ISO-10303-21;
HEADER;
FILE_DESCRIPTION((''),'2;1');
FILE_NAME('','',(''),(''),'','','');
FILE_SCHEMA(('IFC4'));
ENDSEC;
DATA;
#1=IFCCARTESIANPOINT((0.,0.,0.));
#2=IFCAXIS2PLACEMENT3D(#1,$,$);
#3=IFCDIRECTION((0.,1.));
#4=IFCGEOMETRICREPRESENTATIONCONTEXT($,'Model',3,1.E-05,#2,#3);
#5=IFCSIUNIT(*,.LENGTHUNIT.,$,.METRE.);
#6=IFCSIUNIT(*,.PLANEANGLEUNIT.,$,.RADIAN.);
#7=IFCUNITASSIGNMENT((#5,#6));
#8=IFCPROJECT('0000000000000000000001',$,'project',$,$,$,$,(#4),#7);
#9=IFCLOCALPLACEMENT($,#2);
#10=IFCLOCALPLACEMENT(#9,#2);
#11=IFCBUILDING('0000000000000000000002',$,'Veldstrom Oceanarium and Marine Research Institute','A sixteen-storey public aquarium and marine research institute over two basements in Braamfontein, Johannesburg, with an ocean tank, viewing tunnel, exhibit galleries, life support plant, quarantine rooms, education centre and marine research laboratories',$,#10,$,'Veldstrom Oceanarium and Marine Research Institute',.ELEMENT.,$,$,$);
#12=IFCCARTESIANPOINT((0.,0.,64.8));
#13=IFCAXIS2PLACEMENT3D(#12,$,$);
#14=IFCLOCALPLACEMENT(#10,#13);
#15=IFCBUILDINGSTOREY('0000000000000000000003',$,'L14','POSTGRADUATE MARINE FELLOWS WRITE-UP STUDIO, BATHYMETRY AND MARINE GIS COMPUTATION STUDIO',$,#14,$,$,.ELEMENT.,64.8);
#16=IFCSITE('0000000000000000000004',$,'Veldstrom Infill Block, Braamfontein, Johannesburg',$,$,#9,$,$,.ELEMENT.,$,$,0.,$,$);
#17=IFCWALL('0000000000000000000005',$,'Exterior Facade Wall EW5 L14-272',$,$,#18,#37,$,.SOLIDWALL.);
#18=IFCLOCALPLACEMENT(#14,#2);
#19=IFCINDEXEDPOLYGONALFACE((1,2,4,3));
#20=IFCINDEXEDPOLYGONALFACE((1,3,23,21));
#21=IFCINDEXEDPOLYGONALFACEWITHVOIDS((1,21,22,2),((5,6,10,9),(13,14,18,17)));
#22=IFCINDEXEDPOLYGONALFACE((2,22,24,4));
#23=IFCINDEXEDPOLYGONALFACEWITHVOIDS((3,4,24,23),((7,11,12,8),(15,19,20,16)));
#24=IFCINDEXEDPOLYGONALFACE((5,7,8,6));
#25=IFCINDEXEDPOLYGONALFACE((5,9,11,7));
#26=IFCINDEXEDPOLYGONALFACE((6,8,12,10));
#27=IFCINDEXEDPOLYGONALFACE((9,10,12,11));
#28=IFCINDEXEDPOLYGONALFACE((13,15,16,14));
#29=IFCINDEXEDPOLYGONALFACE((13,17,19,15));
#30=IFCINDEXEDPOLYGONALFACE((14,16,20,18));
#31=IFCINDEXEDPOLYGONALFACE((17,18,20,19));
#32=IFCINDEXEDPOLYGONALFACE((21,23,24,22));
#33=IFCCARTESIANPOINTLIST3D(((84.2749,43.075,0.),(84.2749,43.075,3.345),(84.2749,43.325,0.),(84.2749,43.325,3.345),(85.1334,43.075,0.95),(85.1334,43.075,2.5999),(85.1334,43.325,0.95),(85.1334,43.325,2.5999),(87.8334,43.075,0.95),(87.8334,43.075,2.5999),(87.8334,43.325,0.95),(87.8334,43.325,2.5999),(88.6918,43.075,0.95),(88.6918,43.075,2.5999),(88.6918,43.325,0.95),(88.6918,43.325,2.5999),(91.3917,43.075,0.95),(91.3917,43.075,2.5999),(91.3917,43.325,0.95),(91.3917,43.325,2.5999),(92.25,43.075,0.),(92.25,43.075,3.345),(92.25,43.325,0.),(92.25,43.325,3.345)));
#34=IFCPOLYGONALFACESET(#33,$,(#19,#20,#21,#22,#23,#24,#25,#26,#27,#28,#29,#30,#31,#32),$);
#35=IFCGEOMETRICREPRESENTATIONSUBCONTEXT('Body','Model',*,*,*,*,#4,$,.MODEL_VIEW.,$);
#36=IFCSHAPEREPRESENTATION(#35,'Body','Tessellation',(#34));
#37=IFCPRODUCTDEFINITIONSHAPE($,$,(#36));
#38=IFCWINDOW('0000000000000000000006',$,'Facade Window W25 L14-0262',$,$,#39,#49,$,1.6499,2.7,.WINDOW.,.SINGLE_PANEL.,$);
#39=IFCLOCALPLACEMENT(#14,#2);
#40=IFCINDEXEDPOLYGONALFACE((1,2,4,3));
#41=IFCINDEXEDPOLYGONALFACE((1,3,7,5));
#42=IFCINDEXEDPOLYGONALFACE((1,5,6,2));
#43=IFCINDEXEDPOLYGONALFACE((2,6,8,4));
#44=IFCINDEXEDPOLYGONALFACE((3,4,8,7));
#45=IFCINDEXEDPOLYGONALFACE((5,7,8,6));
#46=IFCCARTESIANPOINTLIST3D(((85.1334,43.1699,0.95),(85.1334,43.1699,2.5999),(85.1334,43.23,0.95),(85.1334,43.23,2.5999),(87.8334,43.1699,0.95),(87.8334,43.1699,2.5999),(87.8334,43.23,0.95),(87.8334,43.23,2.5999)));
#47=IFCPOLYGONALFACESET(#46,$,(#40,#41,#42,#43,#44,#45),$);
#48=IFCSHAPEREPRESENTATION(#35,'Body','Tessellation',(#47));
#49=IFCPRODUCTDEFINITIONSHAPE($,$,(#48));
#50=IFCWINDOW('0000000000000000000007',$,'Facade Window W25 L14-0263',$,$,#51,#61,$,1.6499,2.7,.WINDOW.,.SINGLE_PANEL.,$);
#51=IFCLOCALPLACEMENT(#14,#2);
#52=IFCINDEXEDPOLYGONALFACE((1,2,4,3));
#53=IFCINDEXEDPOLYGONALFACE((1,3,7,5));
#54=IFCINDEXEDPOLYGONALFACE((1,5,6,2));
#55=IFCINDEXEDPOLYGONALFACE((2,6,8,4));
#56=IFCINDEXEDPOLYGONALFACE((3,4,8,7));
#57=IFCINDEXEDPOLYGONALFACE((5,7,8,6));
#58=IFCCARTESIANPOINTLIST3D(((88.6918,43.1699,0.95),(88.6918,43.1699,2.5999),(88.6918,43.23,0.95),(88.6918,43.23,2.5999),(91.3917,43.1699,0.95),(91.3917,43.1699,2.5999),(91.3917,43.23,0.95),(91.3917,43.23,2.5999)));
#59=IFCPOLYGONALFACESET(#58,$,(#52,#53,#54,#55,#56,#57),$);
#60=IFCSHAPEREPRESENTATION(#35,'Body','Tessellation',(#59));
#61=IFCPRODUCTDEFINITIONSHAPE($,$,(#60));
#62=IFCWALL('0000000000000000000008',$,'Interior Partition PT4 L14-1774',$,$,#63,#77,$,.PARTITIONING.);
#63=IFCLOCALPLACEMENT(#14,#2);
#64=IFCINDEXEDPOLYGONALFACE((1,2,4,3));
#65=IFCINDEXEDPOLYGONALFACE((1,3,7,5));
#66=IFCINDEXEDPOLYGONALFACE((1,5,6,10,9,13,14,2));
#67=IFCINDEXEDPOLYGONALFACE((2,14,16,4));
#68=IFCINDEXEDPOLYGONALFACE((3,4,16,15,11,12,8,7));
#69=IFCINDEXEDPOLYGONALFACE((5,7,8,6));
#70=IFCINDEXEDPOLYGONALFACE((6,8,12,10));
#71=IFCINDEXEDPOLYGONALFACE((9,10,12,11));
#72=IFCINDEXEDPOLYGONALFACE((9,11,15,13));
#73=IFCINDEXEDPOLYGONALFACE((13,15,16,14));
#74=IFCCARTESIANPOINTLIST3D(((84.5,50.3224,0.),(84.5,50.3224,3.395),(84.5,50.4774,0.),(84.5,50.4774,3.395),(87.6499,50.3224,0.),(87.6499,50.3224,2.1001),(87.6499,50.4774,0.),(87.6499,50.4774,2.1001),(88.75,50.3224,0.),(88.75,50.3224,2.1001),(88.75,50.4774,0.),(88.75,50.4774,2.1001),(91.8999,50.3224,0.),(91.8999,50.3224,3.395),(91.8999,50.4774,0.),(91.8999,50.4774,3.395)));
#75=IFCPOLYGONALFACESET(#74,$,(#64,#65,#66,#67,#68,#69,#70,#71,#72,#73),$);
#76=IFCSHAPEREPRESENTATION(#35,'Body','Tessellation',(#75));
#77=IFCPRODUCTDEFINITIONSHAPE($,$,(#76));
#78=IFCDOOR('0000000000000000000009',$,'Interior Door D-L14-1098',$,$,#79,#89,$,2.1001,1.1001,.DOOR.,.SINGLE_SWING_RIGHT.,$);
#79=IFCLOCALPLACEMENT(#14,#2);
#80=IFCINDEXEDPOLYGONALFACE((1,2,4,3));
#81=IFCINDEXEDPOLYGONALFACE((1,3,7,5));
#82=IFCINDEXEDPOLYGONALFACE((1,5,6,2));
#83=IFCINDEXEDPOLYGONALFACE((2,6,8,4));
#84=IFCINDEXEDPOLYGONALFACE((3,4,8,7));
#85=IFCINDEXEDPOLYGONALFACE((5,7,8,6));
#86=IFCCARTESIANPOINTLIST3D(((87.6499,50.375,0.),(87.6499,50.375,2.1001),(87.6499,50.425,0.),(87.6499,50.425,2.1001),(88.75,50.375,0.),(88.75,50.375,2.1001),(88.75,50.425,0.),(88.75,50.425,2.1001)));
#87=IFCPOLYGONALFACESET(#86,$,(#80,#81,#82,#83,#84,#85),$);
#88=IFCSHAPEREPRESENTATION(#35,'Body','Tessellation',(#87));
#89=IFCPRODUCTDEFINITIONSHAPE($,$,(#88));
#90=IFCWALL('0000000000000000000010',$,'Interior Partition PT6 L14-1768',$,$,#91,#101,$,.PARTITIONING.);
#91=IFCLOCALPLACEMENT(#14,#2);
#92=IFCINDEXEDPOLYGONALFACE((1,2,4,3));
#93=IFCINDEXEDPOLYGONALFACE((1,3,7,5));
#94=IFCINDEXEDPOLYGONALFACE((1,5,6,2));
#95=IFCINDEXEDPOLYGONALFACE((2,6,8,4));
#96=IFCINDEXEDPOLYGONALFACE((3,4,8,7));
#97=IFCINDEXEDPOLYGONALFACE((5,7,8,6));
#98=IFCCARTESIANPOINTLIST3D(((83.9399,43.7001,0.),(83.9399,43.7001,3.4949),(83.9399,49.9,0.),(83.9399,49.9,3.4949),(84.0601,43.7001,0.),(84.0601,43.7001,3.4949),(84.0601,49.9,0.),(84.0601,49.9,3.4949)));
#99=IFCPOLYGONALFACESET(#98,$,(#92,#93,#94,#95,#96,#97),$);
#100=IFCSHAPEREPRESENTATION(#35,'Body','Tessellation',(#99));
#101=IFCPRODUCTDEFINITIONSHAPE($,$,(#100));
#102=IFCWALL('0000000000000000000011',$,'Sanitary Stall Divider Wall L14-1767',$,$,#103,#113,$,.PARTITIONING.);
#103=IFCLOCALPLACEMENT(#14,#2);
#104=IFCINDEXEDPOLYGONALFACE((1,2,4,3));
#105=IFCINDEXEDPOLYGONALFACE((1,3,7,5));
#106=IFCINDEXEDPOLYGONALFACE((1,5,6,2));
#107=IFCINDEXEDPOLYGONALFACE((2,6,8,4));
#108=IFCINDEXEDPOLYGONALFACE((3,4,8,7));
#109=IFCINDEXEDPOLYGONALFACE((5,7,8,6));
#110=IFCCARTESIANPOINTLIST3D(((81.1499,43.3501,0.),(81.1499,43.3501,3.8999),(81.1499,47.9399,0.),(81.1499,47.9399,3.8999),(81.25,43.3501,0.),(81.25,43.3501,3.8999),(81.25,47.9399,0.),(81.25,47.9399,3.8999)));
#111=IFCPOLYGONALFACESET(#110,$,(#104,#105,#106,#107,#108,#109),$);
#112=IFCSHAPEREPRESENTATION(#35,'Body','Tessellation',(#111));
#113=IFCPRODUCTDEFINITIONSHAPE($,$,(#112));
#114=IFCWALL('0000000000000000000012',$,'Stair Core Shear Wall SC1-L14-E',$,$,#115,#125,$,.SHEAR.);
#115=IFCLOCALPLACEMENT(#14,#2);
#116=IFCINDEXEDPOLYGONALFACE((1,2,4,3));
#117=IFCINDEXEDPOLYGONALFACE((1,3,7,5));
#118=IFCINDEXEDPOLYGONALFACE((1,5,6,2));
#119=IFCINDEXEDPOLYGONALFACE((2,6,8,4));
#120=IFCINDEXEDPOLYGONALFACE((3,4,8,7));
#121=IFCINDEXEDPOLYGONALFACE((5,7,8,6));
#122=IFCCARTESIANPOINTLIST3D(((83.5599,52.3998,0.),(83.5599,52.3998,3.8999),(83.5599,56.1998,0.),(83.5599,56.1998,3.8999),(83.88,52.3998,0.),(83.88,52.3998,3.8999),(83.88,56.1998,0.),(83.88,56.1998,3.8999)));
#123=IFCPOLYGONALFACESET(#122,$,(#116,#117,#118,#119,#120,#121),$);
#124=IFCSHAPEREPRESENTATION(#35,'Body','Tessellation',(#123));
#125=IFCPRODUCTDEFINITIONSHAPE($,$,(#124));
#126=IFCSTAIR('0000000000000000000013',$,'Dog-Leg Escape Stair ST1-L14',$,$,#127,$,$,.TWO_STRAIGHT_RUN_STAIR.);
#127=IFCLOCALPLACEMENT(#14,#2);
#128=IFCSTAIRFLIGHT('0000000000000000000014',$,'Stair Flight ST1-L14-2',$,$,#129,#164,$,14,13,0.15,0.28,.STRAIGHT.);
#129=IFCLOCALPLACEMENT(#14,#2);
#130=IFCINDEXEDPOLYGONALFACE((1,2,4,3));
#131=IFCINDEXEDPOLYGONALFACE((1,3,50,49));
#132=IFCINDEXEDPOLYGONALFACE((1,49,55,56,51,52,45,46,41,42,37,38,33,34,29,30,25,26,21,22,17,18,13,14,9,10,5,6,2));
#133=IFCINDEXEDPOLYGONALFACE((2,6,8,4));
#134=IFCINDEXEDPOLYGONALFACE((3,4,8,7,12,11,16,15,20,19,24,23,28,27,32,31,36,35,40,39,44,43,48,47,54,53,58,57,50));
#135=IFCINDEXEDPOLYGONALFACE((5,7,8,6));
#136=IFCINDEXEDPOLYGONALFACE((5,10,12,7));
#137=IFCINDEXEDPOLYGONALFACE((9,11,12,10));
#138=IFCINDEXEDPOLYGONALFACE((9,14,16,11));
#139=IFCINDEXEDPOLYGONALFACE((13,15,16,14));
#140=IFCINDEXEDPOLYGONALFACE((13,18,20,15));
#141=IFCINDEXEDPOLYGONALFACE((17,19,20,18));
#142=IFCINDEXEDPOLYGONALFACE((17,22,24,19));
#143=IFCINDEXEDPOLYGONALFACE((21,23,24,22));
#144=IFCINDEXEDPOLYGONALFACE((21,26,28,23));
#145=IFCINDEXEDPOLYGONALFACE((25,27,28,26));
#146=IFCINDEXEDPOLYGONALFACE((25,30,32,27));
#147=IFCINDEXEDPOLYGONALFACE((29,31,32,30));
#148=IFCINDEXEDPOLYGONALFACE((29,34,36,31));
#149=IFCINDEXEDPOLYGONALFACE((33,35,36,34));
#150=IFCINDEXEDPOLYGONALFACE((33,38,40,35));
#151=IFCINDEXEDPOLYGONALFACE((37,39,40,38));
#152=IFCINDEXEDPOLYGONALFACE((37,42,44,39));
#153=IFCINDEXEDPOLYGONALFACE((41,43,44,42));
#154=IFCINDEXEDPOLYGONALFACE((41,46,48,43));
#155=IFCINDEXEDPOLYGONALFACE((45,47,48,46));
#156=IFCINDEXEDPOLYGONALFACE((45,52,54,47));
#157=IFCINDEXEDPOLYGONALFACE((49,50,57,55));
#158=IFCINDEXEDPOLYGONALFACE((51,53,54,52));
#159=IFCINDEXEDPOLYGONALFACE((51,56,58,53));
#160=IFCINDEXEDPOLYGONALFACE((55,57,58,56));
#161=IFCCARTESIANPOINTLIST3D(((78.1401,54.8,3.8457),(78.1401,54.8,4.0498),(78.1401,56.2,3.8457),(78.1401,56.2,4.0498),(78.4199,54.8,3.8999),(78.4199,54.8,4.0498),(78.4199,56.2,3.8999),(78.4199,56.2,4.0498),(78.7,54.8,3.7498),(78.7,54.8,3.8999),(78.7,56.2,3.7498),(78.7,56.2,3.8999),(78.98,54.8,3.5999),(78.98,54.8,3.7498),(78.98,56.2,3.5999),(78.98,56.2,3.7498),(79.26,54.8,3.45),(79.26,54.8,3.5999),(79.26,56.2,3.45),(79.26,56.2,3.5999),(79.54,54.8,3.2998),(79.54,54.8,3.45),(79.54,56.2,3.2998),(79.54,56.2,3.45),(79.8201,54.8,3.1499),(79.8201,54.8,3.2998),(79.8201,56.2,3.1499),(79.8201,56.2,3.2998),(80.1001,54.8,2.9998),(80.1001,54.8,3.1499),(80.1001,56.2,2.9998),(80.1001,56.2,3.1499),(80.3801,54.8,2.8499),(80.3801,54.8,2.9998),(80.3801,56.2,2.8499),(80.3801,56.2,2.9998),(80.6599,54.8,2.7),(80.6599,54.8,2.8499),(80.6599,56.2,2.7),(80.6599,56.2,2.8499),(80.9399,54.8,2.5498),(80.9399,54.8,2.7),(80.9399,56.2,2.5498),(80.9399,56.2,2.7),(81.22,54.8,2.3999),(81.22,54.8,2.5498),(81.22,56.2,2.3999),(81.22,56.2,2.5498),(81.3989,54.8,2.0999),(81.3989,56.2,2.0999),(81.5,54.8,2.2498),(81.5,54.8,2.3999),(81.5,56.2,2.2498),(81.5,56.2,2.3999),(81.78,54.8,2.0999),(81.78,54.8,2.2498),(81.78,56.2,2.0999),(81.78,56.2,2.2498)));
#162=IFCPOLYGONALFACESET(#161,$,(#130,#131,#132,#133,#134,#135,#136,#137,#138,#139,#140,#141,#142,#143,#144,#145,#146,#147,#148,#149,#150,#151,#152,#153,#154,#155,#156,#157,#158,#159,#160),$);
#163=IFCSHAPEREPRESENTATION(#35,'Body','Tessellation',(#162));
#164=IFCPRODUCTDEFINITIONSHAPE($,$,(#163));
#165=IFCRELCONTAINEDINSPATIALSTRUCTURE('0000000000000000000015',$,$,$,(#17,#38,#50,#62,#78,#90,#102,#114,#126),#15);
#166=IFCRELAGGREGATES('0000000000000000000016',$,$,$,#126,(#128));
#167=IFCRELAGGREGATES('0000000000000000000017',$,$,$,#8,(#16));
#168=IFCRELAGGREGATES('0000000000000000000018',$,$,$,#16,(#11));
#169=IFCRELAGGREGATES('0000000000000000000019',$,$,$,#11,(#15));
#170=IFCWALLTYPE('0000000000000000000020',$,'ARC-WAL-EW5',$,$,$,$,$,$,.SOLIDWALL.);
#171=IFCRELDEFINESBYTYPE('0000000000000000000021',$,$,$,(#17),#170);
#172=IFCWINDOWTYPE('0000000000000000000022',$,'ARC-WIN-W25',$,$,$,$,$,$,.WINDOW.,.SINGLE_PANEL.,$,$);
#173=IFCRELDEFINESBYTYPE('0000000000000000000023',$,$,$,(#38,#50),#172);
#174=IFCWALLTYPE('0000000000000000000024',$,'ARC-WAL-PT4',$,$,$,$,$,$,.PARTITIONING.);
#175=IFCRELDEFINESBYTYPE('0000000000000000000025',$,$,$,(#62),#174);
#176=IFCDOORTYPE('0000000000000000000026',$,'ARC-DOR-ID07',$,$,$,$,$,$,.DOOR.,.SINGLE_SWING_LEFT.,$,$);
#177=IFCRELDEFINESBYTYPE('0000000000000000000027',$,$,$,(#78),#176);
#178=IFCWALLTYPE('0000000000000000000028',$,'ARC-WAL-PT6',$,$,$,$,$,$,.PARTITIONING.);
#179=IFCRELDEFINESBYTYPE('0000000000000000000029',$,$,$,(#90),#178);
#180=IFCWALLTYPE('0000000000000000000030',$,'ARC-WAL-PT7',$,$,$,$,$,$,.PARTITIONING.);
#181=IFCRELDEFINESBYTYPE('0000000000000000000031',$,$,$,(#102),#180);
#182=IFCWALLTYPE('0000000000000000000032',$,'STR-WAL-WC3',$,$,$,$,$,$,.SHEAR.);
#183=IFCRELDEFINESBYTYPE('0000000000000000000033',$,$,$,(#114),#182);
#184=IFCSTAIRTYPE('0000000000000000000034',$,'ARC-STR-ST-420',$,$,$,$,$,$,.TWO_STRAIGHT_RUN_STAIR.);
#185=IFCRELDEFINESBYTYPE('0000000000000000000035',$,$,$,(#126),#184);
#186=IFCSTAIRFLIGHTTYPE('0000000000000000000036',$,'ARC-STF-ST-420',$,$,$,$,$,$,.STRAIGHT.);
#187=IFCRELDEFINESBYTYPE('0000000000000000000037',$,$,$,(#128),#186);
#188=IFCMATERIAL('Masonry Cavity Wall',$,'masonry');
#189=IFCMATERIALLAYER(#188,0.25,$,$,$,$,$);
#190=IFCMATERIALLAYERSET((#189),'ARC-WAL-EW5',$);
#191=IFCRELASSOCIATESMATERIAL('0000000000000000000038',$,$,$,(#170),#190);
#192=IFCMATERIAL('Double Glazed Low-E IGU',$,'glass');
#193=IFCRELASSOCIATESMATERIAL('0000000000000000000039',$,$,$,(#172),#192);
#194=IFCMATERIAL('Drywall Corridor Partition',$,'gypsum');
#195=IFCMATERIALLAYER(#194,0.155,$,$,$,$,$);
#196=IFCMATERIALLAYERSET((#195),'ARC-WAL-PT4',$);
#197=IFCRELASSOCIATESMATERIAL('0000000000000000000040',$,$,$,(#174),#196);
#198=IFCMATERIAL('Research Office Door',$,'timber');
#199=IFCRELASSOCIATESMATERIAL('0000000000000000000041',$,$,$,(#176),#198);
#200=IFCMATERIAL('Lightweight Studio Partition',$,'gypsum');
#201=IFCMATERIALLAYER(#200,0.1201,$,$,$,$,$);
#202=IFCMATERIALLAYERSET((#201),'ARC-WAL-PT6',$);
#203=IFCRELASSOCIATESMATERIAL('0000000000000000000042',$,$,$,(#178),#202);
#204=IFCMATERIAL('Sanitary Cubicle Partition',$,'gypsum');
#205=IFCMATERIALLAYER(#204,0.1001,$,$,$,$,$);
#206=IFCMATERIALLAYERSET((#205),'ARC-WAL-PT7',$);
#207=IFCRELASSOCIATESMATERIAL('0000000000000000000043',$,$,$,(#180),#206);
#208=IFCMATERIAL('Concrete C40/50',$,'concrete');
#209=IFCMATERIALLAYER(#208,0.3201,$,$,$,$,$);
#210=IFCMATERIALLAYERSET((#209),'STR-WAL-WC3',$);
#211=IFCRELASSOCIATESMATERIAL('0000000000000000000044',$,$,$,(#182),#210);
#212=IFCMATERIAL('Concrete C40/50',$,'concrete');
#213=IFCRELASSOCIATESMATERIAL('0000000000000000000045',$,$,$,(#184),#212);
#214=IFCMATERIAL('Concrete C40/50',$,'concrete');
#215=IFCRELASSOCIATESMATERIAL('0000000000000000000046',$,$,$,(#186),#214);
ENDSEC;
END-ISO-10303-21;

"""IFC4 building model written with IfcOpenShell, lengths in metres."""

from ifc_helpers import new_model, si_unit, direction, frame, frame_2d, origin, place, context, subcontext, project, spatial, polyline, rectangle, outline, extrude, material, layer, layer_set, type_object, element, fill, aggregate, save


model = new_model("IFC4")

# Units and contexts
model_context = context("Model", 3, precision=1e-05, world=origin(), true_north=direction((0.0, 1.0)))
body_context = subcontext(model_context, "Body", "Model", "MODEL_VIEW")
ifc_project = project(units=[si_unit("LENGTHUNIT", "METRE"), si_unit("PLANEANGLEUNIT", "RADIAN")], contexts=[model_context])

# Site, building, storey
site_placement = place(None, origin())
site = spatial("IfcSite", under=ifc_project, at=site_placement, Name="Veldstrom Infill Block, Braamfontein, Johannesburg", CompositionType="ELEMENT", RefElevation=0.0)
building_placement = place(site_placement, origin())
building = spatial("IfcBuilding", under=site, at=building_placement, Name="Veldstrom Oceanarium and Marine Research Institute", Description="A sixteen-storey public aquarium and marine research institute over two basements in Braamfontein, Johannesburg, with an ocean tank, viewing tunnel, exhibit galleries, life support plant, quarantine rooms, education centre and marine research laboratories", LongName="Veldstrom Oceanarium and Marine Research Institute", CompositionType="ELEMENT")
storey_placement = place(building_placement, frame((0.0, 0.0, 64.8)))
storey = spatial("IfcBuildingStorey", under=building, at=storey_placement, Name="L14", Description="POSTGRADUATE MARINE FELLOWS WRITE-UP STUDIO, BATHYMETRY AND MARINE GIS COMPUTATION STUDIO", CompositionType="ELEMENT", Elevation=64.8)

# Wall, openings, windows
ifc_material_1 = material(Name="Masonry Cavity Wall", Category="masonry")
ifc_layer_1 = layer(ifc_material_1, 0.25)
ifc_layer_set_1 = layer_set([ifc_layer_1], Name="ARC-WAL-EW5")
wall_type_1 = type_object("IfcWallType", Name="ARC-WAL-EW5", PredefinedType="SOLIDWALL", material=ifc_layer_set_1)
wall_1_placement = place(storey_placement, frame((84.2749, 43.2, 0.0), z_axis=(0.0, 0.0, 1.0), x_axis=(1.0, 0.0, 0.0)))
wall_1 = element("IfcWall", 1, at=wall_1_placement, inside=storey, type_object=wall_type_1, Name="Exterior Facade Wall EW5 L14-272", PredefinedType="SOLIDWALL", context=body_context, shape_type="SweptSolid", body=[
    extrude(rectangle(XDim=7.9751, YDim=0.25, at=frame_2d((3.9875, 0.0))), origin(), (0.0, 0.0, 1.0), 3.345),
])
opening_1_placement = place(wall_1_placement, frame((0.8584, 0.0, 0.95)))
opening_1 = element("IfcOpeningElement", 2, at=opening_1_placement, cuts=wall_1, PredefinedType="OPENING", context=body_context, shape_type="SweptSolid", body=[
    extrude(rectangle(XDim=2.7, YDim=1.6499, at=frame_2d((1.3501, 0.825))), frame((0.0, 0.135, 0.0), z_axis=(0.0, -1.0, 0.0), x_axis=(1.0, 0.0, 0.0)), (0.0, 0.0, 1.0), 0.27),
])
opening_2_placement = place(wall_1_placement, frame((4.4167, 0.0, 0.95)))
opening_2 = element("IfcOpeningElement", 3, at=opening_2_placement, cuts=wall_1, PredefinedType="OPENING", context=body_context, shape_type="SweptSolid", body=[
    extrude(rectangle(XDim=2.7, YDim=1.6499, at=frame_2d((1.3501, 0.825))), frame((0.0, 0.135, 0.0), z_axis=(0.0, -1.0, 0.0), x_axis=(1.0, 0.0, 0.0)), (0.0, 0.0, 1.0), 0.27),
])
ifc_material_2 = material(Name="Double Glazed Low-E IGU", Category="glass")
window_type = type_object("IfcWindowType", Name="ARC-WIN-W25", PartitioningType="SINGLE_PANEL", PredefinedType="WINDOW", material=ifc_material_2)
window_1_placement = place(opening_1_placement, origin())
window_1 = element("IfcWindow", 4, at=window_1_placement, inside=storey, type_object=window_type, Name="Facade Window W25 L14-0262", OverallHeight=1.6499, OverallWidth=2.7, PartitioningType="SINGLE_PANEL", PredefinedType="WINDOW", context=body_context, shape_type="SweptSolid", body=[
    extrude(rectangle(XDim=2.7, YDim=1.6499, at=frame_2d((1.3501, 0.825))), frame((0.0, 0.03, 0.0), z_axis=(0.0, -1.0, 0.0), x_axis=(1.0, 0.0, 0.0)), (0.0, 0.0, 1.0), 0.0601),
])
fill(opening_1, window_1)
window_2_placement = place(opening_2_placement, origin())
window_2 = element("IfcWindow", 5, at=window_2_placement, inside=storey, type_object=window_type, Name="Facade Window W25 L14-0263", OverallHeight=1.6499, OverallWidth=2.7, PartitioningType="SINGLE_PANEL", PredefinedType="WINDOW", context=body_context, shape_type="SweptSolid", body=[
    extrude(rectangle(XDim=2.7, YDim=1.6499, at=frame_2d((1.3501, 0.825))), frame((0.0, 0.03, 0.0), z_axis=(0.0, -1.0, 0.0), x_axis=(1.0, 0.0, 0.0)), (0.0, 0.0, 1.0), 0.0601),
])
fill(opening_2, window_2)

# Wall, opening, door
ifc_material_3 = material(Name="Drywall Corridor Partition", Category="gypsum")
ifc_layer_2 = layer(ifc_material_3, 0.155)
ifc_layer_set_2 = layer_set([ifc_layer_2], Name="ARC-WAL-PT4")
wall_type_2 = type_object("IfcWallType", Name="ARC-WAL-PT4", PredefinedType="PARTITIONING", material=ifc_layer_set_2)
wall_2_placement = place(storey_placement, frame((84.5, 50.3999, 0.0), z_axis=(0.0, 0.0, 1.0), x_axis=(1.0, 0.0, 0.0)))
wall_2 = element("IfcWall", 6, at=wall_2_placement, inside=storey, type_object=wall_type_2, Name="Interior Partition PT4 L14-1774", PredefinedType="PARTITIONING", context=body_context, shape_type="SweptSolid", body=[
    extrude(rectangle(XDim=7.3999, YDim=0.155, at=frame_2d((3.7, 0.0))), origin(), (0.0, 0.0, 1.0), 3.395),
])
opening_3_placement = place(wall_2_placement, frame((3.1499, 0.0, 0.0)))
opening_3 = element("IfcOpeningElement", 7, at=opening_3_placement, cuts=wall_2, PredefinedType="OPENING", context=body_context, shape_type="SweptSolid", body=[
    extrude(rectangle(XDim=1.1001, YDim=2.1001, at=frame_2d((0.55, 1.05))), frame((0.0, 0.0874, 0.0), z_axis=(0.0, -1.0, 0.0), x_axis=(1.0, 0.0, 0.0)), (0.0, 0.0, 1.0), 0.175),
])
ifc_material_4 = material(Name="Research Office Door", Category="timber")
door_type_1 = type_object("IfcDoorType", Name="ARC-DOR-ID07", OperationType="SINGLE_SWING_LEFT", PredefinedType="DOOR", material=ifc_material_4)
door_1_placement = place(opening_3_placement, frame((1.1001, 0.0, 0.0), z_axis=(0.0, 0.0, 1.0), x_axis=(-1.0, 0.0, 0.0)))
door_1 = element("IfcDoor", 8, at=door_1_placement, inside=storey, type_object=door_type_1, Name="Interior Door D-L14-1098", OperationType="SINGLE_SWING_RIGHT", OverallHeight=2.1001, OverallWidth=1.1001, PredefinedType="DOOR", context=body_context, shape_type="SweptSolid", body=[
    extrude(rectangle(XDim=1.1001, YDim=2.1001, at=frame_2d((0.55, 1.05))), frame((0.0, 0.0249, 0.0), z_axis=(0.0, -1.0, 0.0), x_axis=(1.0, 0.0, 0.0)), (0.0, 0.0, 1.0), 0.05),
])
fill(opening_3, door_1)

# Walls
ifc_material_5 = material(Name="Lightweight Studio Partition", Category="gypsum")
ifc_layer_3 = layer(ifc_material_5, 0.1201)
ifc_layer_set_3 = layer_set([ifc_layer_3], Name="ARC-WAL-PT6")
wall_type_3 = type_object("IfcWallType", Name="ARC-WAL-PT6", PredefinedType="PARTITIONING", material=ifc_layer_set_3)
wall_3_placement = place(storey_placement, frame((84.0, 43.7, 0.0), z_axis=(0.0, 0.0, 1.0), x_axis=(0.0, 1.0, 0.0)))
element("IfcWall", 9, at=wall_3_placement, inside=storey, type_object=wall_type_3, Name="Interior Partition PT6 L14-1768", PredefinedType="PARTITIONING", context=body_context, shape_type="SweptSolid", body=[
    extrude(rectangle(XDim=6.2, YDim=0.1201, at=frame_2d((3.1001, 0.0))), origin(), (0.0, 0.0, 1.0), 3.4949),
])
ifc_material_6 = material(Name="Sanitary Cubicle Partition", Category="gypsum")
ifc_layer_4 = layer(ifc_material_6, 0.1001)
ifc_layer_set_4 = layer_set([ifc_layer_4], Name="ARC-WAL-PT7")
wall_type_4 = type_object("IfcWallType", Name="ARC-WAL-PT7", PredefinedType="PARTITIONING", material=ifc_layer_set_4)
wall_4_placement = place(storey_placement, frame((81.2, 43.3501, 0.0), z_axis=(0.0, 0.0, 1.0), x_axis=(0.0, 1.0, 0.0)))
element("IfcWall", 10, at=wall_4_placement, inside=storey, type_object=wall_type_4, Name="Sanitary Stall Divider Wall L14-1767", PredefinedType="PARTITIONING", context=body_context, shape_type="SweptSolid", body=[
    extrude(rectangle(XDim=4.5898, YDim=0.1001, at=frame_2d((2.2949, 0.0))), origin(), (0.0, 0.0, 1.0), 3.8999),
])
ifc_material_7 = material(Name="Concrete C40/50", Category="concrete")
ifc_layer_5 = layer(ifc_material_7, 0.3201)
ifc_layer_set_5 = layer_set([ifc_layer_5], Name="STR-WAL-WC3")
wall_type_5 = type_object("IfcWallType", Name="STR-WAL-WC3", PredefinedType="SHEAR", material=ifc_layer_set_5)
wall_5_placement = place(storey_placement, frame((83.72, 52.3999, 0.0), z_axis=(0.0, 0.0, 1.0), x_axis=(0.0, 1.0, 0.0)))
element("IfcWall", 11, at=wall_5_placement, inside=storey, type_object=wall_type_5, Name="Stair Core Shear Wall SC1-L14-E", PredefinedType="SHEAR", context=body_context, shape_type="SweptSolid", body=[
    extrude(rectangle(XDim=3.8, YDim=0.3201, at=frame_2d((1.8999, 0.0))), origin(), (0.0, 0.0, 1.0), 3.8999),
])

# Stair, stair flight
ifc_material_8 = material(Name="Concrete C40/50", Category="concrete")
stair_type = type_object("IfcStairType", Name="ARC-STR-ST-420", PredefinedType="TWO_STRAIGHT_RUN_STAIR", material=ifc_material_8)
stair_placement = place(storey_placement, origin())
stair = element("IfcStair", 12, at=stair_placement, inside=storey, type_object=stair_type, Name="Dog-Leg Escape Stair ST1-L14", PredefinedType="TWO_STRAIGHT_RUN_STAIR")
ifc_material_9 = material(Name="Concrete C40/50", Category="concrete")
stair_flight_type = type_object("IfcStairFlightType", Name="ARC-STF-ST-420", PredefinedType="STRAIGHT", material=ifc_material_9)
stair_flight_placement = place(storey_placement, frame((81.78, 55.5, 2.0999), z_axis=(0.0, 0.0, 1.0), x_axis=(-1.0, 0.0, 0.0)))
stair_flight = element("IfcStairFlight", 13, at=stair_flight_placement, type_object=stair_flight_type, Name="Stair Flight ST1-L14-2", NumberOfRisers=14, NumberOfTreads=13, PredefinedType="STRAIGHT", RiserHeight=0.15, TreadLength=0.28, context=body_context, shape_type="SweptSolid", body=[
    extrude(outline(polyline([(0.0, 0.0), (0.0, 0.1499), (0.28, 0.1499), (0.28, 0.3), (0.5601, 0.3), (0.5601, 0.45), (0.8401, 0.45), (0.8401, 0.6001), (1.1201, 0.6001), (1.1201, 0.75), (1.3999, 0.75), (1.3999, 0.8999), (1.6799, 0.8999), (1.6799, 1.05), (1.96, 1.05), (1.96, 1.2), (2.24, 1.2), (2.24, 1.3501), (2.52, 1.3501), (2.52, 1.5), (2.8, 1.5), (2.8, 1.6499), (3.0801, 1.6499), (3.0801, 1.8), (3.3601, 1.8), (3.3601, 1.95), (3.6399, 1.95), (3.6399, 2.1001), (3.6399, 1.7458), (0.3811, 0.0), (0.0, 0.0)])), frame((0.0, 0.7, 0.0), z_axis=(0.0, -1.0, 0.0), x_axis=(1.0, 0.0, 0.0)), (0.0, 0.0, 1.0), 1.3999),
])
aggregate(stair, [stair_flight])

save(model, "model.ifc")
